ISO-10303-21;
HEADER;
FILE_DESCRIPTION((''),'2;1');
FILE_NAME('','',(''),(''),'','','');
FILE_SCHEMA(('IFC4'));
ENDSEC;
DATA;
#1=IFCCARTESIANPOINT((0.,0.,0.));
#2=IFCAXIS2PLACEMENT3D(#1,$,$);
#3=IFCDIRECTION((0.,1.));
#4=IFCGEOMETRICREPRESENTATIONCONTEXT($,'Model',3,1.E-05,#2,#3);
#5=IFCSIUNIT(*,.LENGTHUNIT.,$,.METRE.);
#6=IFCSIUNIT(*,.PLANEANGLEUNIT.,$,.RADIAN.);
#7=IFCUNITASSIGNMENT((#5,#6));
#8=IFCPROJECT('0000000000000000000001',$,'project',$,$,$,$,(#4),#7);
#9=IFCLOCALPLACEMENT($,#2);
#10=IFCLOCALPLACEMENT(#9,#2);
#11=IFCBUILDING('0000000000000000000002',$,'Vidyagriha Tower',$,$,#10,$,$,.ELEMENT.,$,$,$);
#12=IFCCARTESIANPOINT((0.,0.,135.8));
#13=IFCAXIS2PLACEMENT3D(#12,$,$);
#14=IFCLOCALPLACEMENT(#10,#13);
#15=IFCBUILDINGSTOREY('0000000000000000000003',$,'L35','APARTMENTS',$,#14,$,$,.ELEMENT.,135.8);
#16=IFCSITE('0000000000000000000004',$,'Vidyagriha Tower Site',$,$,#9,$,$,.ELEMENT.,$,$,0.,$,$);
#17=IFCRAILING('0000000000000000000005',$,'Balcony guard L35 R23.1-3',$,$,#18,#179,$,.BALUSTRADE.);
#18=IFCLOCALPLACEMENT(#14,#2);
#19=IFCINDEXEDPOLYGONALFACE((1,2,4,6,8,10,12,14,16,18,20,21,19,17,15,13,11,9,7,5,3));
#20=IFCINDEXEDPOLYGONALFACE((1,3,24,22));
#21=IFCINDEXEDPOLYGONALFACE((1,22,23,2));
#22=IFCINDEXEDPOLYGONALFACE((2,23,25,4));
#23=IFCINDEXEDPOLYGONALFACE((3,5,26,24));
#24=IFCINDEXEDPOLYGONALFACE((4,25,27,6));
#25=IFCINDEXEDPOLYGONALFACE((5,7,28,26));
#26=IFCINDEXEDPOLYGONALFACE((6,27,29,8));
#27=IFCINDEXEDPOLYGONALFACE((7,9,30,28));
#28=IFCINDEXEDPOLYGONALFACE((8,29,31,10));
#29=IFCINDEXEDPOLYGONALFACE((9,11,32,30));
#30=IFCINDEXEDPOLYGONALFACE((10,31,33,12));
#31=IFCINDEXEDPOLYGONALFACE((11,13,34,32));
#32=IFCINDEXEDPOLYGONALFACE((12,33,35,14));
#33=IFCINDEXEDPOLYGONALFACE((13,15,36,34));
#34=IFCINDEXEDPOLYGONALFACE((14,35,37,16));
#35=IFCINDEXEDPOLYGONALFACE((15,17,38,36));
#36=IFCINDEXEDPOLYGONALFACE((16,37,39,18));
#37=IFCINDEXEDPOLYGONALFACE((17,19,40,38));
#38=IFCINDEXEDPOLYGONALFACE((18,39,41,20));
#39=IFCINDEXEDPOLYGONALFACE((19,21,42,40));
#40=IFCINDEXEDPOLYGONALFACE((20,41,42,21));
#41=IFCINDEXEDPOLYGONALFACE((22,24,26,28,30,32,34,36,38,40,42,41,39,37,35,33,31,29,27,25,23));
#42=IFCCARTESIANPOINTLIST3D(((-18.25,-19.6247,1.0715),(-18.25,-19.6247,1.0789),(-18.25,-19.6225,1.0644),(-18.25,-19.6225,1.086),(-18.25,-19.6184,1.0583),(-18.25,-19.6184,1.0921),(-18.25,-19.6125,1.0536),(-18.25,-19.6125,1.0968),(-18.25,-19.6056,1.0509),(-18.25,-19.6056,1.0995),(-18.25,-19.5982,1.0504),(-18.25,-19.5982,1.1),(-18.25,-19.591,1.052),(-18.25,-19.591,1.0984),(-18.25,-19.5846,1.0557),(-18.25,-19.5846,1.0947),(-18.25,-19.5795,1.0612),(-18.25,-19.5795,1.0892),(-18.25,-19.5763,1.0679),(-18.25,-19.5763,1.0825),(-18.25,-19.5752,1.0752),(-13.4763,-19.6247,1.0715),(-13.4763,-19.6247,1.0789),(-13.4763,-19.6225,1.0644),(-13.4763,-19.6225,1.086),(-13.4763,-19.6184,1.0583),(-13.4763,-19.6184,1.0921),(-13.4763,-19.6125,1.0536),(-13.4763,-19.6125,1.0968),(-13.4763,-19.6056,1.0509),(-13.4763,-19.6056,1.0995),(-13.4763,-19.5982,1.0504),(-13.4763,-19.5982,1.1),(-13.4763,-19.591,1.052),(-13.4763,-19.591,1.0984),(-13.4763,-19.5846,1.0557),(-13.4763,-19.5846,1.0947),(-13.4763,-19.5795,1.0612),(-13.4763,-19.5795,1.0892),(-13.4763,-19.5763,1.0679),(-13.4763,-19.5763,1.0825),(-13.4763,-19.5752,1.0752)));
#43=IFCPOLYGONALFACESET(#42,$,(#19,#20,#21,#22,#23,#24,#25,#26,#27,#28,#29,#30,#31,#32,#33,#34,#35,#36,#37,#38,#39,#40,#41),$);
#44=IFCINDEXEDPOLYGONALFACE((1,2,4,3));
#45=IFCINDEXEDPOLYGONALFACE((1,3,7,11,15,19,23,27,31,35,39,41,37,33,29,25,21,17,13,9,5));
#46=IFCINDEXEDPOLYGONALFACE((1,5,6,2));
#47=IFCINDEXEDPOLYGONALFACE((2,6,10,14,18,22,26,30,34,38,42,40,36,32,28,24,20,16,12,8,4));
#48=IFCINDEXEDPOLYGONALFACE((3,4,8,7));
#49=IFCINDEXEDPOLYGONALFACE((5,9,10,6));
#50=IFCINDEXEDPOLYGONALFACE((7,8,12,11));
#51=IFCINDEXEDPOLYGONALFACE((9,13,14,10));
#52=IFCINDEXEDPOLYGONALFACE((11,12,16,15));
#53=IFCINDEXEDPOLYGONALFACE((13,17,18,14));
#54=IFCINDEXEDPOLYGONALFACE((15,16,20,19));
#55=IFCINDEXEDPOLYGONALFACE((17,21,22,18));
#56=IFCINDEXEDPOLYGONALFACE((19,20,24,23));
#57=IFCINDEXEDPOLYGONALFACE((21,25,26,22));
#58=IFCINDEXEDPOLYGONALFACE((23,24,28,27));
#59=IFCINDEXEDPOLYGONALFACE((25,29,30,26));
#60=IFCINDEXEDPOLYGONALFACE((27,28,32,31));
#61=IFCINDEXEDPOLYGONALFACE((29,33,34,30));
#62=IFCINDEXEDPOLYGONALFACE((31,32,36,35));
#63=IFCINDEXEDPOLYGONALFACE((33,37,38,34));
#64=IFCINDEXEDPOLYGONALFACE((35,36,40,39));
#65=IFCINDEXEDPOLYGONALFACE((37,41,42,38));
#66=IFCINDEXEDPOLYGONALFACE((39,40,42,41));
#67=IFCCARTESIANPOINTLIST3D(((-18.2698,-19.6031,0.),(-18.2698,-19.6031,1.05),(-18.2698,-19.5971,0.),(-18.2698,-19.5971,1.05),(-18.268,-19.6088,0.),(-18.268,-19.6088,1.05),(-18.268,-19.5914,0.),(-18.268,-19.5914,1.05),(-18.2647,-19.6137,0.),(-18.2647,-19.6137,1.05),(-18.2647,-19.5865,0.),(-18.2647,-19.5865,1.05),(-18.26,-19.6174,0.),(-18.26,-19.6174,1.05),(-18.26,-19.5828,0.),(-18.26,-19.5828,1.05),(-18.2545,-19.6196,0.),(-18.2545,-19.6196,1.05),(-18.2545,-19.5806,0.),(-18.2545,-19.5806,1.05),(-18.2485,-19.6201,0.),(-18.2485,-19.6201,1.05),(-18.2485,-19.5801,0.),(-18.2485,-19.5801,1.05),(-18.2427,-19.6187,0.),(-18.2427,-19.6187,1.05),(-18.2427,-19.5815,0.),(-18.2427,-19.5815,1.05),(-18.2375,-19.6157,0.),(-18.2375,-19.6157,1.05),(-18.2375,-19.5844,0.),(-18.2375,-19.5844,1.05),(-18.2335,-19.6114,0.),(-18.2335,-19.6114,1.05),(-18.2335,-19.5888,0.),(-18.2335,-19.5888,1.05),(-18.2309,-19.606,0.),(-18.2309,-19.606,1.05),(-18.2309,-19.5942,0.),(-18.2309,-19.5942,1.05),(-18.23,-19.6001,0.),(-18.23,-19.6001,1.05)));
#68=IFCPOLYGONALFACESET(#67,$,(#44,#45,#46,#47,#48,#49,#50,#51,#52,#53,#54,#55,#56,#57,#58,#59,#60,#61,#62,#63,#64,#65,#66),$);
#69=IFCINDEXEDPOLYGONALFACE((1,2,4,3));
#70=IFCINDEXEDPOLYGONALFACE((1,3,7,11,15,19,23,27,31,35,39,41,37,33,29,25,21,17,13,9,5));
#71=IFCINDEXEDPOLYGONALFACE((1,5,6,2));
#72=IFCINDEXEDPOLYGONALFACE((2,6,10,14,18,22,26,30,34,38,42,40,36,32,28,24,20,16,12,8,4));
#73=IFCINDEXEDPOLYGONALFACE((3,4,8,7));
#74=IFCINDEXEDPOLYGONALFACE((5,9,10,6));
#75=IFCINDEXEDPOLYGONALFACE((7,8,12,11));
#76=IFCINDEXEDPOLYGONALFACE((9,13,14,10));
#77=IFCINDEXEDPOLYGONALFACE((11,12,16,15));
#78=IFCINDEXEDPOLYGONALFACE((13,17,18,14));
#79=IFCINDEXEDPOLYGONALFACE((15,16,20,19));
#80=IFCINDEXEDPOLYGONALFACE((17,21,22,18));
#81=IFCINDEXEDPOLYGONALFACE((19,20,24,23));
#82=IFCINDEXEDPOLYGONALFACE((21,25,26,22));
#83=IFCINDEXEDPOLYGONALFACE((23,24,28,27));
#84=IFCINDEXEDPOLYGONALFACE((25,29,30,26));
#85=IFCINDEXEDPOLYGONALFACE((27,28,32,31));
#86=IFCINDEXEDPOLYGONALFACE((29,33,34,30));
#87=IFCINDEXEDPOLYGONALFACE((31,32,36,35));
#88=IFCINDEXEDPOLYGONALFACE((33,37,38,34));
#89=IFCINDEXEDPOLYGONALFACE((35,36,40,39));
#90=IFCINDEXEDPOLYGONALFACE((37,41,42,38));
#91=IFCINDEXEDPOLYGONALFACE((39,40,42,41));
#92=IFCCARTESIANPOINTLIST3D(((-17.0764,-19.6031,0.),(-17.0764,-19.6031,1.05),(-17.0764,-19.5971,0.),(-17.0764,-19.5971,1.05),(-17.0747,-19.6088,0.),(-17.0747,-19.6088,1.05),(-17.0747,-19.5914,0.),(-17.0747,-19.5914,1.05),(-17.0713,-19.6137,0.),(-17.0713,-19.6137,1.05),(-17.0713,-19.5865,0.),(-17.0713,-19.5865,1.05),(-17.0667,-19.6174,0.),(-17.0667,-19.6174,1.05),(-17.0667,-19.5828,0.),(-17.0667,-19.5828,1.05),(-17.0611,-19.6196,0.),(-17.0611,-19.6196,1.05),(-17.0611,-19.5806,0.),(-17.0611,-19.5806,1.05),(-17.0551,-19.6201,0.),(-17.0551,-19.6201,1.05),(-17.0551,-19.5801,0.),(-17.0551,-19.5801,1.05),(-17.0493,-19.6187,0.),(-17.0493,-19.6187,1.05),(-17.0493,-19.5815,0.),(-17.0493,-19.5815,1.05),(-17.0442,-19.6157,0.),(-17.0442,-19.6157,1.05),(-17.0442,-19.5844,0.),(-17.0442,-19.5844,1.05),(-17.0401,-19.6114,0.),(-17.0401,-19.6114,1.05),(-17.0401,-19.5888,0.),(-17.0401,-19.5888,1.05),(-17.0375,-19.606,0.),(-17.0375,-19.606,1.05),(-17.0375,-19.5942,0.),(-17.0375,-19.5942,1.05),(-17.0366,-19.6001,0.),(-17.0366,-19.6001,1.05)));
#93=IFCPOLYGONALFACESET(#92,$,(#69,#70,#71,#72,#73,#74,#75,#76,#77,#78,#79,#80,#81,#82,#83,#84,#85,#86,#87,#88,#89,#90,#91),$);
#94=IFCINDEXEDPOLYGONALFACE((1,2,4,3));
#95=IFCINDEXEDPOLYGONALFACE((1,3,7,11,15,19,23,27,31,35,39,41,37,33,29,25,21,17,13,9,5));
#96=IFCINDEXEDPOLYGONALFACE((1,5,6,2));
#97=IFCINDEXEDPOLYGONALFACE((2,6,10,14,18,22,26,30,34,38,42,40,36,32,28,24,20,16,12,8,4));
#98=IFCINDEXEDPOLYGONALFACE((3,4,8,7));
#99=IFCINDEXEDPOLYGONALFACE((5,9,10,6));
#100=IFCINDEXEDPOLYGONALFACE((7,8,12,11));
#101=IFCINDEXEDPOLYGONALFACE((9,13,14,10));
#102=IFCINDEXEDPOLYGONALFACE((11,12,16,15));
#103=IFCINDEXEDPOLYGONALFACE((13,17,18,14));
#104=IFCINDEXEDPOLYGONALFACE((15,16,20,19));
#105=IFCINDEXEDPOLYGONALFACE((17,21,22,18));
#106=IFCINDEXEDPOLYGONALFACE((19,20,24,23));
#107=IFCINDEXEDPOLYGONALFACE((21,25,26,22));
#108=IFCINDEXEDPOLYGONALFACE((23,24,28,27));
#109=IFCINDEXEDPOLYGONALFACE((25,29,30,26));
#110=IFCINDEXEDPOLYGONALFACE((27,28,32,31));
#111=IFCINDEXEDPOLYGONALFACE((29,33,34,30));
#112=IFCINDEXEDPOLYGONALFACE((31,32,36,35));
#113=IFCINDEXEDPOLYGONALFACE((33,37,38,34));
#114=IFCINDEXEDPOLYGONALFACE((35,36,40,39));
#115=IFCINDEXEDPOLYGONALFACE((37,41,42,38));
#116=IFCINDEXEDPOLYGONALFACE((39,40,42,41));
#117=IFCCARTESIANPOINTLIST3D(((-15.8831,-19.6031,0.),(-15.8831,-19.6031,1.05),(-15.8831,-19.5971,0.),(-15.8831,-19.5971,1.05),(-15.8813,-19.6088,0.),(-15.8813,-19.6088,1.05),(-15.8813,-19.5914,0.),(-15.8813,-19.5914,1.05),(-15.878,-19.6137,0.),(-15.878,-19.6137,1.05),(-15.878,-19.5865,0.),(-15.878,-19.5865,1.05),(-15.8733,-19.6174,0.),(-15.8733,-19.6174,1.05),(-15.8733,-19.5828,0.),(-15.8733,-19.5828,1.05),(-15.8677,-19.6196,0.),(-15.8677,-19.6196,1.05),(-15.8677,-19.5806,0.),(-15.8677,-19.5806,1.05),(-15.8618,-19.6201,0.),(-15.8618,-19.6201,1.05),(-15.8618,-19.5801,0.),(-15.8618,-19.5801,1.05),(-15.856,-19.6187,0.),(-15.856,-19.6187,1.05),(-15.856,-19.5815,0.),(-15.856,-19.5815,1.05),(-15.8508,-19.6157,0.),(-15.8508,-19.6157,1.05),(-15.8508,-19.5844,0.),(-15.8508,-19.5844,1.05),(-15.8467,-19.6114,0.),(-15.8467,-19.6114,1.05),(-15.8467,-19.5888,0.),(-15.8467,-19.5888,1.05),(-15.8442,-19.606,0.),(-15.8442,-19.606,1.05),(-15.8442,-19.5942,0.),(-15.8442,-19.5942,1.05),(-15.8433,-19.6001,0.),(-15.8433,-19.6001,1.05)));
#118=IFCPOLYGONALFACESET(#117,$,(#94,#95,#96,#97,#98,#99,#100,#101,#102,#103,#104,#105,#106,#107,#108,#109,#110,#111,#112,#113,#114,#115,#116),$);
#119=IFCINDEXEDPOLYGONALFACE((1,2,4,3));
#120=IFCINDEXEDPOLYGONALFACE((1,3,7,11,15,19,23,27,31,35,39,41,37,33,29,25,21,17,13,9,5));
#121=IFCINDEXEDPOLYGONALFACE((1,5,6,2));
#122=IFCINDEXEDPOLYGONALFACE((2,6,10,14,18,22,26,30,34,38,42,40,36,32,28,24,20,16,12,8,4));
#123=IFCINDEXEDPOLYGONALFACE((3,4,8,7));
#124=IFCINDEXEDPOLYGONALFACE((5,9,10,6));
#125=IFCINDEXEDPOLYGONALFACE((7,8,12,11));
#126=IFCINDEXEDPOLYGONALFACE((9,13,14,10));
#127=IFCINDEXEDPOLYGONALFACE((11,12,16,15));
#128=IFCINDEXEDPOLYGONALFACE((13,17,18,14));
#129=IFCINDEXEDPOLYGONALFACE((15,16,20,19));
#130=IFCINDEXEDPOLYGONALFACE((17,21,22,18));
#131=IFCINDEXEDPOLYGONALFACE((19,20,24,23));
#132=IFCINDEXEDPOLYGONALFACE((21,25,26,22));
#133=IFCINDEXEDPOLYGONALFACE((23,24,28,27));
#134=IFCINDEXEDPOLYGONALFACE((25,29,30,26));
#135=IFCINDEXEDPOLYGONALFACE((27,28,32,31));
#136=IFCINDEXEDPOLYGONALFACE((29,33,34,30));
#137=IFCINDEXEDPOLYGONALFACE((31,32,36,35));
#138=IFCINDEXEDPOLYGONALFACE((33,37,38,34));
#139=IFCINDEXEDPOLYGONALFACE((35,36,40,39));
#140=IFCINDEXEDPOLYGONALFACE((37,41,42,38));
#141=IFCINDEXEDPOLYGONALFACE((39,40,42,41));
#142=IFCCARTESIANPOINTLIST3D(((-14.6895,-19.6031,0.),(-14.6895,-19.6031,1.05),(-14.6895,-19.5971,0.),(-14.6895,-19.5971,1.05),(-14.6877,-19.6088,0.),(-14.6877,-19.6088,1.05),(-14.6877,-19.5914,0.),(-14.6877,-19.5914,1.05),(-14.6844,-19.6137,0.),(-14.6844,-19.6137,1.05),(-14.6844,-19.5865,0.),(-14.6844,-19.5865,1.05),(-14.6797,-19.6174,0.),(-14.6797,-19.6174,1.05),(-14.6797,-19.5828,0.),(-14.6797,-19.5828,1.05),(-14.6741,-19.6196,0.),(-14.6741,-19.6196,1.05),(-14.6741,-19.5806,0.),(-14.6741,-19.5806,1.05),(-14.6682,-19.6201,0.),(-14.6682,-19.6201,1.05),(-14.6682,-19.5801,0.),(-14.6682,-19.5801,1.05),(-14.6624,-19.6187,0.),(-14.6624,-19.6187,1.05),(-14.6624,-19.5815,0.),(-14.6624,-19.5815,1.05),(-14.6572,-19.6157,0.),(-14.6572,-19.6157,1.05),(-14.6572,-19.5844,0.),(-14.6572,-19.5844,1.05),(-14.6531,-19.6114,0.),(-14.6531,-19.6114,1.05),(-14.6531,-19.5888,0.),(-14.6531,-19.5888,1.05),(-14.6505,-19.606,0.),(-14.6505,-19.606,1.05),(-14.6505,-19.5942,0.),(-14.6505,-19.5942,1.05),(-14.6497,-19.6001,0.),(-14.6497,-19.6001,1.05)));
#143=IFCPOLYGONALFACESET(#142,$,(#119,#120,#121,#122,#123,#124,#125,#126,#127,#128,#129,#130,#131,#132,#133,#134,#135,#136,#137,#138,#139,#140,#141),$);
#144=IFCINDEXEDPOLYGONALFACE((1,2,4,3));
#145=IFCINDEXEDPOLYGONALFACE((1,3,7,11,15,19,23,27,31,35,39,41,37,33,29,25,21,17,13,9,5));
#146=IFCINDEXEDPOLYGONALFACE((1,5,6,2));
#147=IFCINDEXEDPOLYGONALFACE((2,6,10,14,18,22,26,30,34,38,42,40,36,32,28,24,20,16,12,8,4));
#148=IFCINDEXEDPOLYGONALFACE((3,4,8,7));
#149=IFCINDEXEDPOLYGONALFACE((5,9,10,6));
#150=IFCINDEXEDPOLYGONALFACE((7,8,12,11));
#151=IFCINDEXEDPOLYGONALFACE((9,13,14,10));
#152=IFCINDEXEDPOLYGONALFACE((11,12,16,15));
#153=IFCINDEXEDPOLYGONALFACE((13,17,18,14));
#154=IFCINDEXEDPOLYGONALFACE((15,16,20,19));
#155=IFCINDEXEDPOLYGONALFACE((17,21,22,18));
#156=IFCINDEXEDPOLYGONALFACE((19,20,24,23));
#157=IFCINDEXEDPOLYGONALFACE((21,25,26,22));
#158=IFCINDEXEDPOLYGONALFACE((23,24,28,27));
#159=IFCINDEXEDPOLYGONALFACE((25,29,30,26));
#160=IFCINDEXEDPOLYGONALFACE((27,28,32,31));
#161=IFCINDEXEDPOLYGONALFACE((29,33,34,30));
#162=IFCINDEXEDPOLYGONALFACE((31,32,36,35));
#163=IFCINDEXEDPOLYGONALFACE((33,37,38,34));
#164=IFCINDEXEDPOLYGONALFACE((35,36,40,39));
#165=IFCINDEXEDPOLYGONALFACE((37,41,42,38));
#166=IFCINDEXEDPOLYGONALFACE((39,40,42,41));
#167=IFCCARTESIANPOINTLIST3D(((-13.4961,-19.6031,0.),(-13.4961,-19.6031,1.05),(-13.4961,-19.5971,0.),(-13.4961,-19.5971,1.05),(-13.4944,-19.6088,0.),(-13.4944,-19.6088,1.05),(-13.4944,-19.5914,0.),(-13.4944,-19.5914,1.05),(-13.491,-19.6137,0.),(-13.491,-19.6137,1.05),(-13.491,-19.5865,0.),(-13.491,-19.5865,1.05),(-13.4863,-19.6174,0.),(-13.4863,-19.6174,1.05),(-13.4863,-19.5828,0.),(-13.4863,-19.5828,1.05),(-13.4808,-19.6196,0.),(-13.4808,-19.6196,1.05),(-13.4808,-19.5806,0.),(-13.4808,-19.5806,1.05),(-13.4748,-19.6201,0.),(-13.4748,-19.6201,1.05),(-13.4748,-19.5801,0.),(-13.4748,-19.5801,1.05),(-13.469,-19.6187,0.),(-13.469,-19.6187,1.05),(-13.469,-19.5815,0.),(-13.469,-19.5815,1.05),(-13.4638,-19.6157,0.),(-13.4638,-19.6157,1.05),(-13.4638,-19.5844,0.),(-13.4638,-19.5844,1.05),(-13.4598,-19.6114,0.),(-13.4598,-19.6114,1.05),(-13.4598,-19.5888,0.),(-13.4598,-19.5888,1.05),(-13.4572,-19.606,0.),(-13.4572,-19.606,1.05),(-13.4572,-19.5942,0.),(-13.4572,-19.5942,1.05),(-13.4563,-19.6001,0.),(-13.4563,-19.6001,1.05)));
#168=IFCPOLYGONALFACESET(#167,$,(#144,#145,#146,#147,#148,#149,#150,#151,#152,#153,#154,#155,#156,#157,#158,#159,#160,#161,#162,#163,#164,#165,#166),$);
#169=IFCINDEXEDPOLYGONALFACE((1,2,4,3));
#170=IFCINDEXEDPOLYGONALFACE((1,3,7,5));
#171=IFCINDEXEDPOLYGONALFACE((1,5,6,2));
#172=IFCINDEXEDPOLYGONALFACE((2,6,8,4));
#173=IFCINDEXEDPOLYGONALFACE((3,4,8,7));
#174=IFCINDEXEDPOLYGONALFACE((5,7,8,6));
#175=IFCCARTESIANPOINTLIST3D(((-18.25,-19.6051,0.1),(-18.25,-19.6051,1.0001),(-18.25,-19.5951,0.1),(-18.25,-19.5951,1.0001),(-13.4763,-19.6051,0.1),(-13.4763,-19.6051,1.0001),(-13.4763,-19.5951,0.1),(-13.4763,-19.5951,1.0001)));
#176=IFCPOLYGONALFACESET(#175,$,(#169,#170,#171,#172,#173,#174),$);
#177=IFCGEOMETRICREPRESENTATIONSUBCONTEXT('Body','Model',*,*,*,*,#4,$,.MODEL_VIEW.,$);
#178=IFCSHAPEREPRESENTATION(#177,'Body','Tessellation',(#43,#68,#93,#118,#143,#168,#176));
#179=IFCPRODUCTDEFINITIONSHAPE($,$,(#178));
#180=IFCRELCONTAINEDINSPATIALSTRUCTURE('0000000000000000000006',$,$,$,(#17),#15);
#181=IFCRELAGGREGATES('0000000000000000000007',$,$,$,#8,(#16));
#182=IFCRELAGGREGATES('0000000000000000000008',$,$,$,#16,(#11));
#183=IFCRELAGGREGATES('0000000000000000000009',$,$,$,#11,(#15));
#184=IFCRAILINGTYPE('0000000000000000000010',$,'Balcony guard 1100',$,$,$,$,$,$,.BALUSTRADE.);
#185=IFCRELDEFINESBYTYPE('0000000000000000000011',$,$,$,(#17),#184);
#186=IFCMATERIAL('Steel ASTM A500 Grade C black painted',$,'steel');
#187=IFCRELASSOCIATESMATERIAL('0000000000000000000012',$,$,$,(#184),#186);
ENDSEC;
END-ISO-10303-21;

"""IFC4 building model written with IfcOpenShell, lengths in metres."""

from ifc_helpers import new_model, si_unit, direction, frame, origin, origin_2d, place, context, subcontext, project, spatial, rectangle, circle, extrude, material, type_object, element, save


model = new_model("IFC4")

# Units and contexts
model_context = context("Model", 3, precision=1e-05, world=origin(), true_north=direction((0.0, 1.0)))
body_context = subcontext(model_context, "Body", "Model", "MODEL_VIEW")
ifc_project = project(units=[si_unit("LENGTHUNIT", "METRE"), si_unit("PLANEANGLEUNIT", "RADIAN")], contexts=[model_context])

# Site, building, storey
site_placement = place(None, origin())
site = spatial("IfcSite", under=ifc_project, at=site_placement, Name="Vidyagriha Tower Site", CompositionType="ELEMENT", RefElevation=0.0)
building_placement = place(site_placement, origin())
building = spatial("IfcBuilding", under=site, at=building_placement, Name="Vidyagriha Tower", CompositionType="ELEMENT")
storey_placement = place(building_placement, frame((0.0, 0.0, 135.8)))
storey = spatial("IfcBuildingStorey", under=building, at=storey_placement, Name="L35", Description="APARTMENTS", CompositionType="ELEMENT", Elevation=135.8)

# Railing
ifc_material_1 = material(Name="Steel ASTM A500 Grade C black painted", Category="steel")
railing_type = type_object("IfcRailingType", Name="Balcony guard 1100", PredefinedType="BALUSTRADE", material=ifc_material_1)
railing_1_placement = place(storey_placement, frame((-18.25, -19.6001, 0.0)))
element("IfcRailing", 1, at=railing_1_placement, inside=storey, type_object=railing_type, Name="Balcony guard L35 R23.1-3", PredefinedType="BALUSTRADE", context=body_context, shape_type="SweptSolid", body=[
    extrude(circle(Radius=0.0249, at=origin_2d()), frame((0.0, 0.0, 1.0752), z_axis=(1.0, 0.0, 0.0), x_axis=(0.0, 1.0, 0.0)), (0.0, 0.0, 1.0), 4.7737),
    extrude(circle(Radius=0.02, at=origin_2d()), origin(), (0.0, 0.0, 1.0), 1.05),
    extrude(circle(Radius=0.02, at=origin_2d()), frame((1.1934, 0.0, 0.0)), (0.0, 0.0, 1.0), 1.05),
    extrude(circle(Radius=0.02, at=origin_2d()), frame((2.3867, 0.0, 0.0)), (0.0, 0.0, 1.0), 1.05),
    extrude(circle(Radius=0.02, at=origin_2d()), frame((3.5803, 0.0, 0.0)), (0.0, 0.0, 1.0), 1.05),
    extrude(circle(Radius=0.02, at=origin_2d()), frame((4.7737, 0.0, 0.0)), (0.0, 0.0, 1.0), 1.05),
    extrude(rectangle(XDim=0.01, YDim=0.9001, at=origin_2d()), frame((0.0, 0.0, 0.55), z_axis=(1.0, 0.0, 0.0), x_axis=(0.0, 1.0, 0.0)), (0.0, 0.0, 1.0), 4.7737),
])

save(model, "model.ifc")
